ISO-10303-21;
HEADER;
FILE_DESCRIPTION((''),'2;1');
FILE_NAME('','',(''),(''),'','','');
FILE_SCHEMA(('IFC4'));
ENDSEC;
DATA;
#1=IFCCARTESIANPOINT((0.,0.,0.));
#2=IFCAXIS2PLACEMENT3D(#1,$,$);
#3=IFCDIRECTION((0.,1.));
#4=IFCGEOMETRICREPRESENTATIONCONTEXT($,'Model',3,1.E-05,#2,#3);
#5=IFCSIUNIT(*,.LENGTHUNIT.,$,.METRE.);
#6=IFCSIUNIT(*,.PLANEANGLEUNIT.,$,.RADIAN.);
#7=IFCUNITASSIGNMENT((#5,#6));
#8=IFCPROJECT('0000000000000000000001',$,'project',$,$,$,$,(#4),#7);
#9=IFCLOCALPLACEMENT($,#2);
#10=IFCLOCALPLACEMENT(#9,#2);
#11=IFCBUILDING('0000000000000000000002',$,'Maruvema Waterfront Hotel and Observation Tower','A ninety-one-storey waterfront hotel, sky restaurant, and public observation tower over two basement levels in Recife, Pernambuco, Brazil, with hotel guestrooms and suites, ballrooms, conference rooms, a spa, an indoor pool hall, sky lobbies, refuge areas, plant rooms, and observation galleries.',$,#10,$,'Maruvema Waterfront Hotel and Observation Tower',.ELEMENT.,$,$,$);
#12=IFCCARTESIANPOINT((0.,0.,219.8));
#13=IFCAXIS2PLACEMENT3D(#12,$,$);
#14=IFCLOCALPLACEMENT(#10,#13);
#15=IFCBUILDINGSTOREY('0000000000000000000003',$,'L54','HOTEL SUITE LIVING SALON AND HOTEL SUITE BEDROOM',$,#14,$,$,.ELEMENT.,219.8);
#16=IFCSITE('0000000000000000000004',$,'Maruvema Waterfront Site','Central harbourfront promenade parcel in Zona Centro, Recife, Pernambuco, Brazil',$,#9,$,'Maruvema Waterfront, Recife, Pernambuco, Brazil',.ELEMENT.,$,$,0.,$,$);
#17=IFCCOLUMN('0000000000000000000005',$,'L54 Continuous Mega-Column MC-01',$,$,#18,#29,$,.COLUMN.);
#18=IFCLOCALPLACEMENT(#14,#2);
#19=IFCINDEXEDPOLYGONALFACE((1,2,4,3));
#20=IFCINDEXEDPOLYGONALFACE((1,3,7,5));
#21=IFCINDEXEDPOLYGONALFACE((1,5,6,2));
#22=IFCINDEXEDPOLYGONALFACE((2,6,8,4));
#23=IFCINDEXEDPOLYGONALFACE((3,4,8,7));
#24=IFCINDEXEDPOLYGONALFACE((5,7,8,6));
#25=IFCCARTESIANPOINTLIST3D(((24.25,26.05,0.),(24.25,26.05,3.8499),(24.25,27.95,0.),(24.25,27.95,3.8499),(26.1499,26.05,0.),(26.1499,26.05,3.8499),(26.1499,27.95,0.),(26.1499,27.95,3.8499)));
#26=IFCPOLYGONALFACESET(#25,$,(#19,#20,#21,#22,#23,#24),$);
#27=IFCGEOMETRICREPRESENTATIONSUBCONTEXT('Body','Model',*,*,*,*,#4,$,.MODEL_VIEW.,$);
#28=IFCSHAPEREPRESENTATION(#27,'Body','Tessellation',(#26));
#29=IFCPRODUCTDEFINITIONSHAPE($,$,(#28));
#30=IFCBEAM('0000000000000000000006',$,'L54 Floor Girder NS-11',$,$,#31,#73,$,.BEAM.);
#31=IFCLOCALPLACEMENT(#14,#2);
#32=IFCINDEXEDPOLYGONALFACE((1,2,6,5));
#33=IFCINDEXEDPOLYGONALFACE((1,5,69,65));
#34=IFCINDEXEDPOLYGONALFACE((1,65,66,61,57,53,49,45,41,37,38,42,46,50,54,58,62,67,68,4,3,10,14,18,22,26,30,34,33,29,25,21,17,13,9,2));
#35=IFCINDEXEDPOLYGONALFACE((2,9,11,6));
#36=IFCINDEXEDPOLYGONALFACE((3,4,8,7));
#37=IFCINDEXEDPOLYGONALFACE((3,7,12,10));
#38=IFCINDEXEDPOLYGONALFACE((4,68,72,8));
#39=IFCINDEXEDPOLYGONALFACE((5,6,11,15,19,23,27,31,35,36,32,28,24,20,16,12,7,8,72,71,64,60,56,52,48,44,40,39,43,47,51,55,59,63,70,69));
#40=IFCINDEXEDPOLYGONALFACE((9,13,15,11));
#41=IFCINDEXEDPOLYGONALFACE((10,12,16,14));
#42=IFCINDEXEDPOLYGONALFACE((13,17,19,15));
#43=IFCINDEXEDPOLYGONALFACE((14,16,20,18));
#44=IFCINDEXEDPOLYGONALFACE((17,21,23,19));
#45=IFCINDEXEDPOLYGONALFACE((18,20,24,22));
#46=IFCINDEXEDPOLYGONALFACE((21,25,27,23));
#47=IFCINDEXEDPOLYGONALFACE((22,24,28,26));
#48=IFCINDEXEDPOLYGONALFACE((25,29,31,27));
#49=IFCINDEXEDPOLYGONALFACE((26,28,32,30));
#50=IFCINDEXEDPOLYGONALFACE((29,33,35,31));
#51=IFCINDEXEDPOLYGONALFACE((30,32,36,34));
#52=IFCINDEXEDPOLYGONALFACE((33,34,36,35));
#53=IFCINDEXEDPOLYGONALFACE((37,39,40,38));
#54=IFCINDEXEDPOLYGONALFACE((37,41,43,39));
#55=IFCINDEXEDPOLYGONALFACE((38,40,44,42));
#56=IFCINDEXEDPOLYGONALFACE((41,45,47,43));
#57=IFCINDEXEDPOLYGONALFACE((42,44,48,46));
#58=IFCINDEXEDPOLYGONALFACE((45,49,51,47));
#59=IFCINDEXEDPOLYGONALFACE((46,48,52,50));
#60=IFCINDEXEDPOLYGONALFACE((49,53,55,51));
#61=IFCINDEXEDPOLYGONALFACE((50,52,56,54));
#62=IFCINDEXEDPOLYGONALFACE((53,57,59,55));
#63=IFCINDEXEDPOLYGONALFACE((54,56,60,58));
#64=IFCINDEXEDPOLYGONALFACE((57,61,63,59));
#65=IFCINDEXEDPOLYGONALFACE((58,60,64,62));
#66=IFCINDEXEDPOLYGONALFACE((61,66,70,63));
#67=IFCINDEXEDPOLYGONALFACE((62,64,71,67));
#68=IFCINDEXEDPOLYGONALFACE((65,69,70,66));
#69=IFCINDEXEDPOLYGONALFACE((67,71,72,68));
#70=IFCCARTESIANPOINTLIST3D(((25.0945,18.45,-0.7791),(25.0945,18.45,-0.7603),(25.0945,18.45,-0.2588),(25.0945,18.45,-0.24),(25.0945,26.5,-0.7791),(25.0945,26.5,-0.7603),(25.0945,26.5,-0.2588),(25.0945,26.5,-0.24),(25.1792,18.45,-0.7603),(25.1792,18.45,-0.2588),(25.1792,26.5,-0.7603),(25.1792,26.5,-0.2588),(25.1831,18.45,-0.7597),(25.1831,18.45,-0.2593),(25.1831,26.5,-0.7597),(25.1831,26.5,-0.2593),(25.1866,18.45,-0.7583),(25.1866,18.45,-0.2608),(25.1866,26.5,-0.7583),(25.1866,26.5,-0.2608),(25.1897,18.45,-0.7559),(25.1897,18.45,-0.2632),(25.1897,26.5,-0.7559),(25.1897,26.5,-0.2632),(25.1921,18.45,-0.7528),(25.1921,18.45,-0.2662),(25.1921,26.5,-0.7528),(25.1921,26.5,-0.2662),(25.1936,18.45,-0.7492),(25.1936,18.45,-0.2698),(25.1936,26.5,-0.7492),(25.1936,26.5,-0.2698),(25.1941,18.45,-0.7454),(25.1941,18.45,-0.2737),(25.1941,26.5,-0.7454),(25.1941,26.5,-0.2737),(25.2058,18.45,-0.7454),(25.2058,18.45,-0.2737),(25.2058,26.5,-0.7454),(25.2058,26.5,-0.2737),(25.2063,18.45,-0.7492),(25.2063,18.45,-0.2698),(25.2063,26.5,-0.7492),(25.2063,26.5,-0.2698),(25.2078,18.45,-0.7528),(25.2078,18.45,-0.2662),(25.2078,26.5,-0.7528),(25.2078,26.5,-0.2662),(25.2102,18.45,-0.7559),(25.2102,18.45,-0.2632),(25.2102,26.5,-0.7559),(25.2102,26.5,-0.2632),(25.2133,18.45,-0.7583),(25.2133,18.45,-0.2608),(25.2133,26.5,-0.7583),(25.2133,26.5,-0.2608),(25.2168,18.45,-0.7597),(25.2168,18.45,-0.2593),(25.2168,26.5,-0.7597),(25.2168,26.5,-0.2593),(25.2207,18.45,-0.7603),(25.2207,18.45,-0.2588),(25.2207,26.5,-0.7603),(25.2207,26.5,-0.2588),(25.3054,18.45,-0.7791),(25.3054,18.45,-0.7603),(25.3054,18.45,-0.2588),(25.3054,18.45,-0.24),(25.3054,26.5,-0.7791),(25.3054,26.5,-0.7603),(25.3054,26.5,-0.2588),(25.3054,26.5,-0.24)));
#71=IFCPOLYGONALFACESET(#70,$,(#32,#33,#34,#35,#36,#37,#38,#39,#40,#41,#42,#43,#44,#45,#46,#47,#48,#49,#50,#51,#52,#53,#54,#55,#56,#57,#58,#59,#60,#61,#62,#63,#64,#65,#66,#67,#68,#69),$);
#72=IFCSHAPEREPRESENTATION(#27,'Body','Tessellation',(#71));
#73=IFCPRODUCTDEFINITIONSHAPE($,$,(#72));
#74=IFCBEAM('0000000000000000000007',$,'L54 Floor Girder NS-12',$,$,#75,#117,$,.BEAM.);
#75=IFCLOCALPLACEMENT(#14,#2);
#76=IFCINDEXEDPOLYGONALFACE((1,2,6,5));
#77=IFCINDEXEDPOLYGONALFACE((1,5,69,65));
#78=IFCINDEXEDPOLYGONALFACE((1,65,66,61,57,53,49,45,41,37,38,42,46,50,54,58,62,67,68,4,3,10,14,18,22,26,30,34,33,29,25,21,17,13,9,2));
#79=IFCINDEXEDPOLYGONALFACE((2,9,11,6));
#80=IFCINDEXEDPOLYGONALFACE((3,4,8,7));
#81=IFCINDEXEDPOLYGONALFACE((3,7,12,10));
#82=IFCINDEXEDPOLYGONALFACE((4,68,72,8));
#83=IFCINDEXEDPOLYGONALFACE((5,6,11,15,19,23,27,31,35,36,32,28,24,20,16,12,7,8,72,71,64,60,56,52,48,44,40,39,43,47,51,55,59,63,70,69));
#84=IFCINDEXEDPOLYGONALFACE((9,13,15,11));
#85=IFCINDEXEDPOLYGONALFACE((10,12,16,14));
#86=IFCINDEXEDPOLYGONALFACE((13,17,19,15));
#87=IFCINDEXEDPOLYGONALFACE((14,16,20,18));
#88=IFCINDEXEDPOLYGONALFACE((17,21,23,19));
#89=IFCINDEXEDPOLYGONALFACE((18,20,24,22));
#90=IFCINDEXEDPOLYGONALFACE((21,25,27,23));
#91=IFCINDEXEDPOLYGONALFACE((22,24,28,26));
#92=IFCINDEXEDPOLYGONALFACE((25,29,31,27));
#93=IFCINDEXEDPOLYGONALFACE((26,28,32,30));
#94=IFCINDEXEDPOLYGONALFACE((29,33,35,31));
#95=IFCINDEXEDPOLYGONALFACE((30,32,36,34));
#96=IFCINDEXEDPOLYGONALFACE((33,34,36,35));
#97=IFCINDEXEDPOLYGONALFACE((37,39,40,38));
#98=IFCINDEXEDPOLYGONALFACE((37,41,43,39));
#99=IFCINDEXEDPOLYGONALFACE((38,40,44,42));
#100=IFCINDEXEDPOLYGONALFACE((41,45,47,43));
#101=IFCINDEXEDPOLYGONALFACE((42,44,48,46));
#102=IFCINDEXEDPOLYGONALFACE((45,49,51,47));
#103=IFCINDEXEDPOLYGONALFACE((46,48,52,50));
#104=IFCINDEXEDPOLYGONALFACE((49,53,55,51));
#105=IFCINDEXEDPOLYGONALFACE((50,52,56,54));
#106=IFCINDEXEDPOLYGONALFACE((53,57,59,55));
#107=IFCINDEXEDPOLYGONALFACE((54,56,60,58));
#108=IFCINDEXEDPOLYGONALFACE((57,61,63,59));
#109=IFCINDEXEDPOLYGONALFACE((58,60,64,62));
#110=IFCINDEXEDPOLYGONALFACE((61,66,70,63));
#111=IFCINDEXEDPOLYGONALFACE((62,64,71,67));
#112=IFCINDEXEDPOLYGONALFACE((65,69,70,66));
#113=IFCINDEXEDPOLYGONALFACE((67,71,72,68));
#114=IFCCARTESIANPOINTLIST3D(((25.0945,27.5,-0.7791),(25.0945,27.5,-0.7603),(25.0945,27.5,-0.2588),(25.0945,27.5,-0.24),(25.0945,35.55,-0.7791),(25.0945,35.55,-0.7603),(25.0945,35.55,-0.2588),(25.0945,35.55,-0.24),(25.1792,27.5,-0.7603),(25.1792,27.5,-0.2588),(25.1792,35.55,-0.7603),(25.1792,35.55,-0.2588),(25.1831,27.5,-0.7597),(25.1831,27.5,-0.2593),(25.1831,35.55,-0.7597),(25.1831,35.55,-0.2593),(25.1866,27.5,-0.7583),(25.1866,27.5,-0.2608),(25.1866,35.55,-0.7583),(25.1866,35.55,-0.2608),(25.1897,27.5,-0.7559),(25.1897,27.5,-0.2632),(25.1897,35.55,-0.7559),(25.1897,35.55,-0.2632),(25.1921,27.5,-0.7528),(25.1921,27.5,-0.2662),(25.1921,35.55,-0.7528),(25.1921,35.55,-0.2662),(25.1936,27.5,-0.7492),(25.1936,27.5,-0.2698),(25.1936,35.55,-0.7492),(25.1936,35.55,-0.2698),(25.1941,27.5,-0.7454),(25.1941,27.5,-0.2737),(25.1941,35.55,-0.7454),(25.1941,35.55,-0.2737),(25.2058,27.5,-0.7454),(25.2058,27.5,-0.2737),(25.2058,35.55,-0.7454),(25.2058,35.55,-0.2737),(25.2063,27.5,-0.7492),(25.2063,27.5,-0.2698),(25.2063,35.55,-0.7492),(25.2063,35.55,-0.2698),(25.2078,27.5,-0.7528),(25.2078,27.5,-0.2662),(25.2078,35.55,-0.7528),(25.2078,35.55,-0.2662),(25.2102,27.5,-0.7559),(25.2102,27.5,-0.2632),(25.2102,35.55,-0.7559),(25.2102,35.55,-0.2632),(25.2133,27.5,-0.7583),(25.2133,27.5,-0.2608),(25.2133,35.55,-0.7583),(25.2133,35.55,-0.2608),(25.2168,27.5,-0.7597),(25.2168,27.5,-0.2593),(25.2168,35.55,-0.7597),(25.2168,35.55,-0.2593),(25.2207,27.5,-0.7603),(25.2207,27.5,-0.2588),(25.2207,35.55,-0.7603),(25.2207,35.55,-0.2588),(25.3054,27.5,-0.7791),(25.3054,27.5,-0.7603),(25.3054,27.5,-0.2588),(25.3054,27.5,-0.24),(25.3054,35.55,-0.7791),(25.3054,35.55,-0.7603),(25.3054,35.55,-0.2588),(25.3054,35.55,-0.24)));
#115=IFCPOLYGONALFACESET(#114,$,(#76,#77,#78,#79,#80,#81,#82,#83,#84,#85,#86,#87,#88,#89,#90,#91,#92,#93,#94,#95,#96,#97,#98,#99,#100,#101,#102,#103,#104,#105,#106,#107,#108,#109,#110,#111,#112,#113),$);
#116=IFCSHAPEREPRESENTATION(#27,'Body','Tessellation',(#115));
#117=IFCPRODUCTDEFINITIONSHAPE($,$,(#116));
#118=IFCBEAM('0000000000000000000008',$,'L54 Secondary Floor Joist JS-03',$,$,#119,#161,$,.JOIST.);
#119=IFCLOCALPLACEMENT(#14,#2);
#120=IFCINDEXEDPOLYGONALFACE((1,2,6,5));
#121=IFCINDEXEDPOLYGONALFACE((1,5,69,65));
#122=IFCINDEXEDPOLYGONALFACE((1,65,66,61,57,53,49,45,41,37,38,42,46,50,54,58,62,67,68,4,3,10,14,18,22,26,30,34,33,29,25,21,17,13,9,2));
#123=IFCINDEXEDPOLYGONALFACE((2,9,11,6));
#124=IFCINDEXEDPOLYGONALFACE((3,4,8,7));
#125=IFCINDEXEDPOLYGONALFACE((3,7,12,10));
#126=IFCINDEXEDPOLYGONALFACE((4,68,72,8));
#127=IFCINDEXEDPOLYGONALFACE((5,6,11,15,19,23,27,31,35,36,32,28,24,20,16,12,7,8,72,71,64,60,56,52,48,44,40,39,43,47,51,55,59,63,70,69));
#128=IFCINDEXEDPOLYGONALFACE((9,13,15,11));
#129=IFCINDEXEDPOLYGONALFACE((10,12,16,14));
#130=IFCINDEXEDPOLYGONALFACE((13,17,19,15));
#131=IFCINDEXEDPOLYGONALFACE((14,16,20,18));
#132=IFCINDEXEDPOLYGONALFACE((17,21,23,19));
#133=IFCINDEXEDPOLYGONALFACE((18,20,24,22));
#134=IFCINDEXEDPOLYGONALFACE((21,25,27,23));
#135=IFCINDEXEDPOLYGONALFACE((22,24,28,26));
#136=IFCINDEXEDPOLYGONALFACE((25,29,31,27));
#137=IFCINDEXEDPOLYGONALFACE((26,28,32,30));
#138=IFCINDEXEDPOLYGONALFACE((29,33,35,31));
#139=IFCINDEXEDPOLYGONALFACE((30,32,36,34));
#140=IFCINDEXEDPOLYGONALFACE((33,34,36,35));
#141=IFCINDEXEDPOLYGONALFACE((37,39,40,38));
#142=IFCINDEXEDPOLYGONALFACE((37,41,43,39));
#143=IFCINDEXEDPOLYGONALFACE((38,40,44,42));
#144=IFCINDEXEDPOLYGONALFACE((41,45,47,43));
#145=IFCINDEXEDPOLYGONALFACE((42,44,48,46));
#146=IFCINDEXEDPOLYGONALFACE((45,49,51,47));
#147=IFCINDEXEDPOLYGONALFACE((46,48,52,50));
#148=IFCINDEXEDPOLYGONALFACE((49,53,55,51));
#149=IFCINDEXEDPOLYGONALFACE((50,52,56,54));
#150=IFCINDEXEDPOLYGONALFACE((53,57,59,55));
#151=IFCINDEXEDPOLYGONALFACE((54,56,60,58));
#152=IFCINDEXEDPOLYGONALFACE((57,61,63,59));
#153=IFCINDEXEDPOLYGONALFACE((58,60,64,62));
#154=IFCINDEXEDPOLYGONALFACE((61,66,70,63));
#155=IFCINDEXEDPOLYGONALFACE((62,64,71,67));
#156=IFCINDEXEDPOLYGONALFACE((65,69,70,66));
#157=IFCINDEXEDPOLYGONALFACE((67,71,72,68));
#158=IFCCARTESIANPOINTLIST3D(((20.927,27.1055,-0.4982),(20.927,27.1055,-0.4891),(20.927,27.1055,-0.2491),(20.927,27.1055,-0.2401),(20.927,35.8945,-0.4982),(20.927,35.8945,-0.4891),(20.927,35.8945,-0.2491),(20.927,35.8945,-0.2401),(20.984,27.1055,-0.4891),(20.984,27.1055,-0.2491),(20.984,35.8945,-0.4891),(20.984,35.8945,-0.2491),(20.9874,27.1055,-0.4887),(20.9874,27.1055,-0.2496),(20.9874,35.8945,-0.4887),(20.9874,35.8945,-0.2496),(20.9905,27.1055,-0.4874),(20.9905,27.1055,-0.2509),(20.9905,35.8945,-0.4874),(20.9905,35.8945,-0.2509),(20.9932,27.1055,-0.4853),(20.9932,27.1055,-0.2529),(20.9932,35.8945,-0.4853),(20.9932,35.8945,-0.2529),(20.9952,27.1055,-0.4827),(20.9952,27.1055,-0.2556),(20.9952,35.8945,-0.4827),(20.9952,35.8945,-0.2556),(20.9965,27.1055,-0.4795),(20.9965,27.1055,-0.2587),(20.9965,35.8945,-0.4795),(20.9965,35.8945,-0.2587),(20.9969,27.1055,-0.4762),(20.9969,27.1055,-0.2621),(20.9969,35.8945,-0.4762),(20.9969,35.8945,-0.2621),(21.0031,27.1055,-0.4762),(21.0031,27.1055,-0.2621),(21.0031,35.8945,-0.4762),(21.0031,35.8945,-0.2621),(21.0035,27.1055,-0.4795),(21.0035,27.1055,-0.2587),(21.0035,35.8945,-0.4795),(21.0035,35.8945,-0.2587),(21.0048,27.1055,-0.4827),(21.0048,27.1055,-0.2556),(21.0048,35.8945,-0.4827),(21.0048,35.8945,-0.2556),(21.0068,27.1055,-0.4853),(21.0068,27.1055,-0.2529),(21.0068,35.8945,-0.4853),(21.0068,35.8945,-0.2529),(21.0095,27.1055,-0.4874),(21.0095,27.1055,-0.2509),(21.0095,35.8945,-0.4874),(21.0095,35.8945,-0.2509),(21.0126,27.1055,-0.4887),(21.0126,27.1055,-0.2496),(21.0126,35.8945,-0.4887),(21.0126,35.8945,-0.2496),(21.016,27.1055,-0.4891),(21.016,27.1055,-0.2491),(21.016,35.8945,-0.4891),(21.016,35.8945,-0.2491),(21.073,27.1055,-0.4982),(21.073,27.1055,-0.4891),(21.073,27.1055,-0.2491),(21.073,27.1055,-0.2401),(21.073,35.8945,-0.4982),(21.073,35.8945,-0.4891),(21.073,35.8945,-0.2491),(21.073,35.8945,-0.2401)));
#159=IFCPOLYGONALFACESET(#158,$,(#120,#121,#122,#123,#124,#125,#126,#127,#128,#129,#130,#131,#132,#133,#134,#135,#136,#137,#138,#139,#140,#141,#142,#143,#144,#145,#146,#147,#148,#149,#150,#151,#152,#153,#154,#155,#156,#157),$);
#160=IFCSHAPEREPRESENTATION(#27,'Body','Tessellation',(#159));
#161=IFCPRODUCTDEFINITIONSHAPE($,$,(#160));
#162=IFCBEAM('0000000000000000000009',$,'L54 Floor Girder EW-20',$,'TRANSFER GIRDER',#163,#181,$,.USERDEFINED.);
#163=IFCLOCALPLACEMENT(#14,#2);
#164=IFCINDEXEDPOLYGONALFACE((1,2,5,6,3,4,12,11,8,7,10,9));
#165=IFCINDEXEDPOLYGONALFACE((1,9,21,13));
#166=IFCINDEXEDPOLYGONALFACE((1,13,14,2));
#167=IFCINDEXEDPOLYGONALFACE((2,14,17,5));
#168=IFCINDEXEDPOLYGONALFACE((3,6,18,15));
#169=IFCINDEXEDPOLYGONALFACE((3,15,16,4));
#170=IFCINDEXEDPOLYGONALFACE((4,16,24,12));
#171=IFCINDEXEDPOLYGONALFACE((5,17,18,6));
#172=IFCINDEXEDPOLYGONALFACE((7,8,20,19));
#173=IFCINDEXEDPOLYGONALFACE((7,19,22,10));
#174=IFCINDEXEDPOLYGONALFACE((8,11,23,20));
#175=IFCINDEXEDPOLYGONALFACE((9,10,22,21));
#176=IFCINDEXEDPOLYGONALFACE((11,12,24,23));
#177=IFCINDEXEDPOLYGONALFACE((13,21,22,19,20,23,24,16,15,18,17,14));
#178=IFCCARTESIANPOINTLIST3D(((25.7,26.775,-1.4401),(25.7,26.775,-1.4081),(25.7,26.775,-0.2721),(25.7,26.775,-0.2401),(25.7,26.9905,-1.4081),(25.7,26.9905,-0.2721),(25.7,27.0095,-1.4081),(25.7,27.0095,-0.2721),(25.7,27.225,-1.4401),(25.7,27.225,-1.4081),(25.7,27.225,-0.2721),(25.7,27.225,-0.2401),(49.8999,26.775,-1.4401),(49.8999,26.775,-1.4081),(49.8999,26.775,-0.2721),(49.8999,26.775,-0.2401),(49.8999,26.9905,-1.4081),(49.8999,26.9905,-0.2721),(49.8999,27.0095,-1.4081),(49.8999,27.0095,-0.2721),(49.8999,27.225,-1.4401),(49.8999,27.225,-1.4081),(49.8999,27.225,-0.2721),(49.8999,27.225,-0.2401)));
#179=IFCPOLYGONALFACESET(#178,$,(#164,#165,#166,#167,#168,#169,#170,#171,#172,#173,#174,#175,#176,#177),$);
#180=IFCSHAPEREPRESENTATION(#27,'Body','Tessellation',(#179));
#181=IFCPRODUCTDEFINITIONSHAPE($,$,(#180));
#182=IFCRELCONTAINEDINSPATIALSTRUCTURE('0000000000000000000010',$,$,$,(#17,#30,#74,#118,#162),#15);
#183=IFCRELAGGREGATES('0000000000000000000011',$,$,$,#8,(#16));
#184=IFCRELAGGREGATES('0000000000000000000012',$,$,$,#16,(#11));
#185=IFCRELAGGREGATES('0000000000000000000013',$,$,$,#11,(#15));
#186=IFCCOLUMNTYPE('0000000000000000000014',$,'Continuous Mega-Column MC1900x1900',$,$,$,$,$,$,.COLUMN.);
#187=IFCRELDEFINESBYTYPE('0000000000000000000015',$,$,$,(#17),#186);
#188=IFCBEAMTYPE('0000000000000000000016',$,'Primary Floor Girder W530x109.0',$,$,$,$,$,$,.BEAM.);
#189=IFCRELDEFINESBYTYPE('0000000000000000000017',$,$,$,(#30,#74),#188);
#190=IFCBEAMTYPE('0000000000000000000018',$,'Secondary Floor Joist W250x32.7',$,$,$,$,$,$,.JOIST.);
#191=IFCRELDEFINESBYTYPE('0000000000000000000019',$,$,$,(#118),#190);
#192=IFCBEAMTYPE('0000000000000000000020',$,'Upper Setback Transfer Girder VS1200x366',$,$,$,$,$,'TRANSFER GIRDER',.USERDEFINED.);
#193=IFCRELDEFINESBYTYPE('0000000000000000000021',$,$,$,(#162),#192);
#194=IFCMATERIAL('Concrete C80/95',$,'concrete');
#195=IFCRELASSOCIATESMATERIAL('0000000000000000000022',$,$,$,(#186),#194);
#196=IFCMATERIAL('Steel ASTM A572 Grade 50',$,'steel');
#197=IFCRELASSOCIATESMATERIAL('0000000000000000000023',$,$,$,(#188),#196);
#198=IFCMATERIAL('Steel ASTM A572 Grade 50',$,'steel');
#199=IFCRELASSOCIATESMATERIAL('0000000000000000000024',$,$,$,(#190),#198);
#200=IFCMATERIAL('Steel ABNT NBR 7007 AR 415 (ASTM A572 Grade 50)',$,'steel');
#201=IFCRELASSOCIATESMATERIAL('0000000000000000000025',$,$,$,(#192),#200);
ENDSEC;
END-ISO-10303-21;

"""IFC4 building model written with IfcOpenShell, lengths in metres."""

from ifc_helpers import new_model, si_unit, direction, frame, origin, origin_2d, place, context, subcontext, project, spatial, rectangle, i_section, extrude, material, material_profile, profile_set, type_object, element, save


model = new_model("IFC4")

# Units and contexts
model_context = context("Model", 3, precision=1e-05, world=origin(), true_north=direction((0.0, 1.0)))
body_context = subcontext(model_context, "Body", "Model", "MODEL_VIEW")
ifc_project = project(units=[si_unit("LENGTHUNIT", "METRE"), si_unit("PLANEANGLEUNIT", "RADIAN")], contexts=[model_context])

# Site, building, storey
site_placement = place(None, origin())
site = spatial("IfcSite", under=ifc_project, at=site_placement, Name="Maruvema Waterfront Site", Description="Central harbourfront promenade parcel in Zona Centro, Recife, Pernambuco, Brazil", LongName="Maruvema Waterfront, Recife, Pernambuco, Brazil", CompositionType="ELEMENT", RefElevation=0.0)
building_placement = place(site_placement, origin())
building = spatial("IfcBuilding", under=site, at=building_placement, Name="Maruvema Waterfront Hotel and Observation Tower", Description="A ninety-one-storey waterfront hotel, sky restaurant, and public observation tower over two basement levels in Recife, Pernambuco, Brazil, with hotel guestrooms and suites, ballrooms, conference rooms, a spa, an indoor pool hall, sky lobbies, refuge areas, plant rooms, and observation galleries.", LongName="Maruvema Waterfront Hotel and Observation Tower", CompositionType="ELEMENT")
storey_placement = place(building_placement, frame((0.0, 0.0, 219.8)))
storey = spatial("IfcBuildingStorey", under=building, at=storey_placement, Name="L54", Description="HOTEL SUITE LIVING SALON AND HOTEL SUITE BEDROOM", CompositionType="ELEMENT", Elevation=219.8)

# Column
ifc_material_1 = material(Name="Concrete C80/95", Category="concrete")
ifc_material_profile_1 = material_profile(ifc_material_1, rectangle(XDim=1.8999, YDim=1.8999, at=origin_2d()), Name="MC1900x1900")
ifc_profile_set_1 = profile_set([ifc_material_profile_1], Name="Concrete C80/95")
column_type = type_object("IfcColumnType", Name="Continuous Mega-Column MC1900x1900", PredefinedType="COLUMN", material=ifc_profile_set_1)
column_placement = place(storey_placement, frame((25.2, 27.0, 0.0), z_axis=(0.0, 0.0, 1.0), x_axis=(1.0, 0.0, 0.0)))
element("IfcColumn", 1, at=column_placement, inside=storey, type_object=column_type, Name="L54 Continuous Mega-Column MC-01", PredefinedType="COLUMN", context=body_context, shape_type="SweptSolid", body=[
    extrude(rectangle(XDim=1.8999, YDim=1.8999, at=origin_2d()), origin(), (0.0, 0.0, 1.0), 3.8499),
])

# Beams
ifc_material_2 = material(Name="Steel ASTM A572 Grade 50", Category="steel")
ifc_material_profile_2 = material_profile(ifc_material_2, i_section(OverallWidth=0.2109, OverallDepth=0.5391, WebThickness=0.0117, FlangeThickness=0.0188, FilletRadius=0.0149, at=origin_2d()), Name="W530x109.0")
ifc_profile_set_2 = profile_set([ifc_material_profile_2], Name="Steel ASTM A572 Grade 50")
beam_type_1 = type_object("IfcBeamType", Name="Primary Floor Girder W530x109.0", PredefinedType="BEAM", material=ifc_profile_set_2)
for number, where, z_axis, x_axis, name in (
    (2, (25.2, 18.45, -0.5095), (0.0, 1.0, 0.0), (-1.0, 0.0, 0.0), "L54 Floor Girder NS-11"),
    (3, (25.2, 27.5, -0.5095), (0.0, 1.0, 0.0), (-1.0, 0.0, 0.0), "L54 Floor Girder NS-12"),
):
    element("IfcBeam", number, at=place(storey_placement, frame(where, z_axis=z_axis, x_axis=x_axis)), inside=storey, type_object=beam_type_1, Name=name, PredefinedType="BEAM", context=body_context, shape_type="SweptSolid", body=[
        extrude(i_section(OverallWidth=0.2109, OverallDepth=0.5391, WebThickness=0.0117, FlangeThickness=0.0188, FilletRadius=0.0149, at=origin_2d()), origin(), (0.0, 0.0, 1.0), 8.05),
    ])
ifc_material_3 = material(Name="Steel ASTM A572 Grade 50", Category="steel")
ifc_material_profile_3 = material_profile(ifc_material_3, i_section(OverallWidth=0.146, OverallDepth=0.2581, WebThickness=0.0061, FlangeThickness=0.009, FilletRadius=0.0129, at=origin_2d()), Name="W250x32.7")
ifc_profile_set_3 = profile_set([ifc_material_profile_3], Name="Steel ASTM A572 Grade 50")
beam_type_2 = type_object("IfcBeamType", Name="Secondary Floor Joist W250x32.7", PredefinedType="JOIST", material=ifc_profile_set_3)
beam_1_placement = place(storey_placement, frame((21.0, 27.1055, -0.3691), z_axis=(0.0, 1.0, 0.0), x_axis=(-1.0, 0.0, 0.0)))
element("IfcBeam", 4, at=beam_1_placement, inside=storey, type_object=beam_type_2, Name="L54 Secondary Floor Joist JS-03", PredefinedType="JOIST", context=body_context, shape_type="SweptSolid", body=[
    extrude(i_section(OverallWidth=0.146, OverallDepth=0.2581, WebThickness=0.0061, FlangeThickness=0.009, FilletRadius=0.0129, at=origin_2d()), origin(), (0.0, 0.0, 1.0), 8.7891),
])
ifc_material_4 = material(Name="Steel ABNT NBR 7007 AR 415 (ASTM A572 Grade 50)", Category="steel")
ifc_material_profile_4 = material_profile(ifc_material_4, i_section(OverallWidth=0.45, OverallDepth=1.2, WebThickness=0.019, FlangeThickness=0.032, at=origin_2d()), Name="VS1200x366")
ifc_profile_set_4 = profile_set([ifc_material_profile_4], Name="Steel ABNT NBR 7007 AR 415 (ASTM A572 Grade 50)")
beam_type_3 = type_object("IfcBeamType", Name="Upper Setback Transfer Girder VS1200x366", ElementType="TRANSFER GIRDER", PredefinedType="USERDEFINED", material=ifc_profile_set_4)
beam_2_placement = place(storey_placement, frame((25.7, 27.0, -0.8401), z_axis=(1.0, 0.0, 0.0), x_axis=(0.0, 1.0, 0.0)))
element("IfcBeam", 5, at=beam_2_placement, inside=storey, type_object=beam_type_3, Name="L54 Floor Girder EW-20", ObjectType="TRANSFER GIRDER", PredefinedType="USERDEFINED", context=body_context, shape_type="SweptSolid", body=[
    extrude(i_section(OverallWidth=0.45, OverallDepth=1.2, WebThickness=0.019, FlangeThickness=0.032, at=origin_2d()), origin(), (0.0, 0.0, 1.0), 24.2),
])

save(model, "model.ifc")
